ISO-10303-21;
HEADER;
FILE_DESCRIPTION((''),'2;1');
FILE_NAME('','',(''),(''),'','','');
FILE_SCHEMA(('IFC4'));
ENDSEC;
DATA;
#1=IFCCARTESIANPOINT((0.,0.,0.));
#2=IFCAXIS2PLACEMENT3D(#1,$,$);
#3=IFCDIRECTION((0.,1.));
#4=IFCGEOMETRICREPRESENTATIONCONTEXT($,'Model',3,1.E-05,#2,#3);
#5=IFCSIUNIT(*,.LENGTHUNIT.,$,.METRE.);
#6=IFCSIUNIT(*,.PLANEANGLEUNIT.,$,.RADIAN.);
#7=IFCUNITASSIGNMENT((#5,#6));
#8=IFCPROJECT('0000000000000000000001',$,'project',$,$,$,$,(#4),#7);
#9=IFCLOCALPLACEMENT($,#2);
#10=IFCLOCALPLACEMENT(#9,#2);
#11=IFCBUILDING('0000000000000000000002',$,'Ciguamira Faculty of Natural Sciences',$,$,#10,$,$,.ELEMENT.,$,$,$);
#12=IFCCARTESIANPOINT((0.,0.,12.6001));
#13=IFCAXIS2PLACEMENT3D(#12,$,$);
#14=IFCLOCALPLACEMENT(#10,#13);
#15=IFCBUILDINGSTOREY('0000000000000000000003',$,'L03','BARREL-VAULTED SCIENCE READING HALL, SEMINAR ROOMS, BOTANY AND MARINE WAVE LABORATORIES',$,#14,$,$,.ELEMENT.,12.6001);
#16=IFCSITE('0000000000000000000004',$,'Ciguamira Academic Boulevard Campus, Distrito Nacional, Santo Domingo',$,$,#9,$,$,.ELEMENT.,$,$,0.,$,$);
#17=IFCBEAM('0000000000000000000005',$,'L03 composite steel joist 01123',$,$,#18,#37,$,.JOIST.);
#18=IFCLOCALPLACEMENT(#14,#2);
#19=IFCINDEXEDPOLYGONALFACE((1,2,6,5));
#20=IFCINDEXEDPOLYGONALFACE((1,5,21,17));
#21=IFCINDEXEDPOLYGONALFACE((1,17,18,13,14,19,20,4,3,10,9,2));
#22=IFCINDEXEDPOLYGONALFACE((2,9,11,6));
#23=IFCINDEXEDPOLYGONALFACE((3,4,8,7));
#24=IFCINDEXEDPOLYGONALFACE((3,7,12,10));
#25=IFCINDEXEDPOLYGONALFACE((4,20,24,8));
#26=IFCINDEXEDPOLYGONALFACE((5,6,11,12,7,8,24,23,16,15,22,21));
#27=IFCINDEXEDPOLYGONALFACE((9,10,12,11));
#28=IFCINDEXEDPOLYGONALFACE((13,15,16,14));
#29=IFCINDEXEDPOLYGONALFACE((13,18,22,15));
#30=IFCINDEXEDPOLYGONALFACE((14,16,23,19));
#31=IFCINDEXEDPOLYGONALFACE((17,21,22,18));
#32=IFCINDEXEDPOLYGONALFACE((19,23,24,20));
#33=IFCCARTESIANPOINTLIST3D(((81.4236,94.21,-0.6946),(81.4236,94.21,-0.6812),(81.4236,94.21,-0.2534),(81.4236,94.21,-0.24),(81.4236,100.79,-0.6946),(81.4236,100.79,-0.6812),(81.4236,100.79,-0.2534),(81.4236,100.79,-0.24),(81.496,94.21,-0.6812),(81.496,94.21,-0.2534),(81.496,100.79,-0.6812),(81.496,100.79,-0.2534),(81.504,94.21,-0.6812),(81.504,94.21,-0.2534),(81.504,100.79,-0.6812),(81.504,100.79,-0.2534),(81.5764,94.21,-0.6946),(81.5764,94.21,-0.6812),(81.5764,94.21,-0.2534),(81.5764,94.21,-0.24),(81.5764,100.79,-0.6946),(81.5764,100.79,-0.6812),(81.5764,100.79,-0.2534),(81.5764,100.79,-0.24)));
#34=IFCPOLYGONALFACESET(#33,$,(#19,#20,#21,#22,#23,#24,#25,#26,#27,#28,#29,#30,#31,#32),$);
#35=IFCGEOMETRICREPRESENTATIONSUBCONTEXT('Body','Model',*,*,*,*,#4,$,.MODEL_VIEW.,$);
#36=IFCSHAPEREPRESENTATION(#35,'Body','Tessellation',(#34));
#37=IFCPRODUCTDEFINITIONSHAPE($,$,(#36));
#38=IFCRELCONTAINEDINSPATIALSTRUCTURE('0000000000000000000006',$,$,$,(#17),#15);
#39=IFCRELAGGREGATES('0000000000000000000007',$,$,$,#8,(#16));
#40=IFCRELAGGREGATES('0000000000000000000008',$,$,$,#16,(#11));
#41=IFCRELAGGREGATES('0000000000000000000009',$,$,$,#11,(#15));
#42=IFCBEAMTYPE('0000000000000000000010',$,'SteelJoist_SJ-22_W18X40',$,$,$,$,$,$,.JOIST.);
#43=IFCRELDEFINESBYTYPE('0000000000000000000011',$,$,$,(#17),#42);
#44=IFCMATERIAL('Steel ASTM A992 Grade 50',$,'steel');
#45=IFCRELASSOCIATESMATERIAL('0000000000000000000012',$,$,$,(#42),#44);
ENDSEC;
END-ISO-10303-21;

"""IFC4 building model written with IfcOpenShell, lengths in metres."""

from ifc_helpers import new_model, si_unit, direction, frame, origin, origin_2d, place, context, subcontext, project, spatial, i_section, extrude, material, material_profile, profile_set, type_object, element, save


model = new_model("IFC4")

# Units and contexts
model_context = context("Model", 3, precision=1e-05, world=origin(), true_north=direction((0.0, 1.0)))
body_context = subcontext(model_context, "Body", "Model", "MODEL_VIEW")
ifc_project = project(units=[si_unit("LENGTHUNIT", "METRE"), si_unit("PLANEANGLEUNIT", "RADIAN")], contexts=[model_context])

# Site, building, storey
site_placement = place(None, origin())
site = spatial("IfcSite", under=ifc_project, at=site_placement, Name="Ciguamira Academic Boulevard Campus, Distrito Nacional, Santo Domingo", CompositionType="ELEMENT", RefElevation=0.0)
building_placement = place(site_placement, origin())
building = spatial("IfcBuilding", under=site, at=building_placement, Name="Ciguamira Faculty of Natural Sciences", CompositionType="ELEMENT")
storey_placement = place(building_placement, frame((0.0, 0.0, 12.6001)))
storey = spatial("IfcBuildingStorey", under=building, at=storey_placement, Name="L03", Description="BARREL-VAULTED SCIENCE READING HALL, SEMINAR ROOMS, BOTANY AND MARINE WAVE LABORATORIES", CompositionType="ELEMENT", Elevation=12.6001)

# Beam
ifc_material_1 = material(Name="Steel ASTM A992 Grade 50", Category="steel")
ifc_material_profile_1 = material_profile(ifc_material_1, i_section(OverallWidth=0.1528, OverallDepth=0.4546, WebThickness=0.0081, FlangeThickness=0.0134, at=origin_2d()), Name="W18X40")
ifc_profile_set_1 = profile_set([ifc_material_profile_1], Name="Steel ASTM A992 Grade 50")
beam_type_1 = type_object("IfcBeamType", Name="SteelJoist_SJ-22_W18X40", PredefinedType="JOIST", material=ifc_profile_set_1)
beam_1_placement = place(storey_placement, frame((81.5, 94.21, -0.4673), z_axis=(0.0, 1.0, 0.0), x_axis=(-1.0, 0.0, 0.0)))
element("IfcBeam", 1, at=beam_1_placement, inside=storey, type_object=beam_type_1, Name="L03 composite steel joist 01123", PredefinedType="JOIST", context=body_context, shape_type="SweptSolid", body=[
    extrude(i_section(OverallWidth=0.1528, OverallDepth=0.4546, WebThickness=0.0081, FlangeThickness=0.0134, at=origin_2d()), origin(), (0.0, 0.0, 1.0), 6.5801),
])

save(model, "model.ifc")
